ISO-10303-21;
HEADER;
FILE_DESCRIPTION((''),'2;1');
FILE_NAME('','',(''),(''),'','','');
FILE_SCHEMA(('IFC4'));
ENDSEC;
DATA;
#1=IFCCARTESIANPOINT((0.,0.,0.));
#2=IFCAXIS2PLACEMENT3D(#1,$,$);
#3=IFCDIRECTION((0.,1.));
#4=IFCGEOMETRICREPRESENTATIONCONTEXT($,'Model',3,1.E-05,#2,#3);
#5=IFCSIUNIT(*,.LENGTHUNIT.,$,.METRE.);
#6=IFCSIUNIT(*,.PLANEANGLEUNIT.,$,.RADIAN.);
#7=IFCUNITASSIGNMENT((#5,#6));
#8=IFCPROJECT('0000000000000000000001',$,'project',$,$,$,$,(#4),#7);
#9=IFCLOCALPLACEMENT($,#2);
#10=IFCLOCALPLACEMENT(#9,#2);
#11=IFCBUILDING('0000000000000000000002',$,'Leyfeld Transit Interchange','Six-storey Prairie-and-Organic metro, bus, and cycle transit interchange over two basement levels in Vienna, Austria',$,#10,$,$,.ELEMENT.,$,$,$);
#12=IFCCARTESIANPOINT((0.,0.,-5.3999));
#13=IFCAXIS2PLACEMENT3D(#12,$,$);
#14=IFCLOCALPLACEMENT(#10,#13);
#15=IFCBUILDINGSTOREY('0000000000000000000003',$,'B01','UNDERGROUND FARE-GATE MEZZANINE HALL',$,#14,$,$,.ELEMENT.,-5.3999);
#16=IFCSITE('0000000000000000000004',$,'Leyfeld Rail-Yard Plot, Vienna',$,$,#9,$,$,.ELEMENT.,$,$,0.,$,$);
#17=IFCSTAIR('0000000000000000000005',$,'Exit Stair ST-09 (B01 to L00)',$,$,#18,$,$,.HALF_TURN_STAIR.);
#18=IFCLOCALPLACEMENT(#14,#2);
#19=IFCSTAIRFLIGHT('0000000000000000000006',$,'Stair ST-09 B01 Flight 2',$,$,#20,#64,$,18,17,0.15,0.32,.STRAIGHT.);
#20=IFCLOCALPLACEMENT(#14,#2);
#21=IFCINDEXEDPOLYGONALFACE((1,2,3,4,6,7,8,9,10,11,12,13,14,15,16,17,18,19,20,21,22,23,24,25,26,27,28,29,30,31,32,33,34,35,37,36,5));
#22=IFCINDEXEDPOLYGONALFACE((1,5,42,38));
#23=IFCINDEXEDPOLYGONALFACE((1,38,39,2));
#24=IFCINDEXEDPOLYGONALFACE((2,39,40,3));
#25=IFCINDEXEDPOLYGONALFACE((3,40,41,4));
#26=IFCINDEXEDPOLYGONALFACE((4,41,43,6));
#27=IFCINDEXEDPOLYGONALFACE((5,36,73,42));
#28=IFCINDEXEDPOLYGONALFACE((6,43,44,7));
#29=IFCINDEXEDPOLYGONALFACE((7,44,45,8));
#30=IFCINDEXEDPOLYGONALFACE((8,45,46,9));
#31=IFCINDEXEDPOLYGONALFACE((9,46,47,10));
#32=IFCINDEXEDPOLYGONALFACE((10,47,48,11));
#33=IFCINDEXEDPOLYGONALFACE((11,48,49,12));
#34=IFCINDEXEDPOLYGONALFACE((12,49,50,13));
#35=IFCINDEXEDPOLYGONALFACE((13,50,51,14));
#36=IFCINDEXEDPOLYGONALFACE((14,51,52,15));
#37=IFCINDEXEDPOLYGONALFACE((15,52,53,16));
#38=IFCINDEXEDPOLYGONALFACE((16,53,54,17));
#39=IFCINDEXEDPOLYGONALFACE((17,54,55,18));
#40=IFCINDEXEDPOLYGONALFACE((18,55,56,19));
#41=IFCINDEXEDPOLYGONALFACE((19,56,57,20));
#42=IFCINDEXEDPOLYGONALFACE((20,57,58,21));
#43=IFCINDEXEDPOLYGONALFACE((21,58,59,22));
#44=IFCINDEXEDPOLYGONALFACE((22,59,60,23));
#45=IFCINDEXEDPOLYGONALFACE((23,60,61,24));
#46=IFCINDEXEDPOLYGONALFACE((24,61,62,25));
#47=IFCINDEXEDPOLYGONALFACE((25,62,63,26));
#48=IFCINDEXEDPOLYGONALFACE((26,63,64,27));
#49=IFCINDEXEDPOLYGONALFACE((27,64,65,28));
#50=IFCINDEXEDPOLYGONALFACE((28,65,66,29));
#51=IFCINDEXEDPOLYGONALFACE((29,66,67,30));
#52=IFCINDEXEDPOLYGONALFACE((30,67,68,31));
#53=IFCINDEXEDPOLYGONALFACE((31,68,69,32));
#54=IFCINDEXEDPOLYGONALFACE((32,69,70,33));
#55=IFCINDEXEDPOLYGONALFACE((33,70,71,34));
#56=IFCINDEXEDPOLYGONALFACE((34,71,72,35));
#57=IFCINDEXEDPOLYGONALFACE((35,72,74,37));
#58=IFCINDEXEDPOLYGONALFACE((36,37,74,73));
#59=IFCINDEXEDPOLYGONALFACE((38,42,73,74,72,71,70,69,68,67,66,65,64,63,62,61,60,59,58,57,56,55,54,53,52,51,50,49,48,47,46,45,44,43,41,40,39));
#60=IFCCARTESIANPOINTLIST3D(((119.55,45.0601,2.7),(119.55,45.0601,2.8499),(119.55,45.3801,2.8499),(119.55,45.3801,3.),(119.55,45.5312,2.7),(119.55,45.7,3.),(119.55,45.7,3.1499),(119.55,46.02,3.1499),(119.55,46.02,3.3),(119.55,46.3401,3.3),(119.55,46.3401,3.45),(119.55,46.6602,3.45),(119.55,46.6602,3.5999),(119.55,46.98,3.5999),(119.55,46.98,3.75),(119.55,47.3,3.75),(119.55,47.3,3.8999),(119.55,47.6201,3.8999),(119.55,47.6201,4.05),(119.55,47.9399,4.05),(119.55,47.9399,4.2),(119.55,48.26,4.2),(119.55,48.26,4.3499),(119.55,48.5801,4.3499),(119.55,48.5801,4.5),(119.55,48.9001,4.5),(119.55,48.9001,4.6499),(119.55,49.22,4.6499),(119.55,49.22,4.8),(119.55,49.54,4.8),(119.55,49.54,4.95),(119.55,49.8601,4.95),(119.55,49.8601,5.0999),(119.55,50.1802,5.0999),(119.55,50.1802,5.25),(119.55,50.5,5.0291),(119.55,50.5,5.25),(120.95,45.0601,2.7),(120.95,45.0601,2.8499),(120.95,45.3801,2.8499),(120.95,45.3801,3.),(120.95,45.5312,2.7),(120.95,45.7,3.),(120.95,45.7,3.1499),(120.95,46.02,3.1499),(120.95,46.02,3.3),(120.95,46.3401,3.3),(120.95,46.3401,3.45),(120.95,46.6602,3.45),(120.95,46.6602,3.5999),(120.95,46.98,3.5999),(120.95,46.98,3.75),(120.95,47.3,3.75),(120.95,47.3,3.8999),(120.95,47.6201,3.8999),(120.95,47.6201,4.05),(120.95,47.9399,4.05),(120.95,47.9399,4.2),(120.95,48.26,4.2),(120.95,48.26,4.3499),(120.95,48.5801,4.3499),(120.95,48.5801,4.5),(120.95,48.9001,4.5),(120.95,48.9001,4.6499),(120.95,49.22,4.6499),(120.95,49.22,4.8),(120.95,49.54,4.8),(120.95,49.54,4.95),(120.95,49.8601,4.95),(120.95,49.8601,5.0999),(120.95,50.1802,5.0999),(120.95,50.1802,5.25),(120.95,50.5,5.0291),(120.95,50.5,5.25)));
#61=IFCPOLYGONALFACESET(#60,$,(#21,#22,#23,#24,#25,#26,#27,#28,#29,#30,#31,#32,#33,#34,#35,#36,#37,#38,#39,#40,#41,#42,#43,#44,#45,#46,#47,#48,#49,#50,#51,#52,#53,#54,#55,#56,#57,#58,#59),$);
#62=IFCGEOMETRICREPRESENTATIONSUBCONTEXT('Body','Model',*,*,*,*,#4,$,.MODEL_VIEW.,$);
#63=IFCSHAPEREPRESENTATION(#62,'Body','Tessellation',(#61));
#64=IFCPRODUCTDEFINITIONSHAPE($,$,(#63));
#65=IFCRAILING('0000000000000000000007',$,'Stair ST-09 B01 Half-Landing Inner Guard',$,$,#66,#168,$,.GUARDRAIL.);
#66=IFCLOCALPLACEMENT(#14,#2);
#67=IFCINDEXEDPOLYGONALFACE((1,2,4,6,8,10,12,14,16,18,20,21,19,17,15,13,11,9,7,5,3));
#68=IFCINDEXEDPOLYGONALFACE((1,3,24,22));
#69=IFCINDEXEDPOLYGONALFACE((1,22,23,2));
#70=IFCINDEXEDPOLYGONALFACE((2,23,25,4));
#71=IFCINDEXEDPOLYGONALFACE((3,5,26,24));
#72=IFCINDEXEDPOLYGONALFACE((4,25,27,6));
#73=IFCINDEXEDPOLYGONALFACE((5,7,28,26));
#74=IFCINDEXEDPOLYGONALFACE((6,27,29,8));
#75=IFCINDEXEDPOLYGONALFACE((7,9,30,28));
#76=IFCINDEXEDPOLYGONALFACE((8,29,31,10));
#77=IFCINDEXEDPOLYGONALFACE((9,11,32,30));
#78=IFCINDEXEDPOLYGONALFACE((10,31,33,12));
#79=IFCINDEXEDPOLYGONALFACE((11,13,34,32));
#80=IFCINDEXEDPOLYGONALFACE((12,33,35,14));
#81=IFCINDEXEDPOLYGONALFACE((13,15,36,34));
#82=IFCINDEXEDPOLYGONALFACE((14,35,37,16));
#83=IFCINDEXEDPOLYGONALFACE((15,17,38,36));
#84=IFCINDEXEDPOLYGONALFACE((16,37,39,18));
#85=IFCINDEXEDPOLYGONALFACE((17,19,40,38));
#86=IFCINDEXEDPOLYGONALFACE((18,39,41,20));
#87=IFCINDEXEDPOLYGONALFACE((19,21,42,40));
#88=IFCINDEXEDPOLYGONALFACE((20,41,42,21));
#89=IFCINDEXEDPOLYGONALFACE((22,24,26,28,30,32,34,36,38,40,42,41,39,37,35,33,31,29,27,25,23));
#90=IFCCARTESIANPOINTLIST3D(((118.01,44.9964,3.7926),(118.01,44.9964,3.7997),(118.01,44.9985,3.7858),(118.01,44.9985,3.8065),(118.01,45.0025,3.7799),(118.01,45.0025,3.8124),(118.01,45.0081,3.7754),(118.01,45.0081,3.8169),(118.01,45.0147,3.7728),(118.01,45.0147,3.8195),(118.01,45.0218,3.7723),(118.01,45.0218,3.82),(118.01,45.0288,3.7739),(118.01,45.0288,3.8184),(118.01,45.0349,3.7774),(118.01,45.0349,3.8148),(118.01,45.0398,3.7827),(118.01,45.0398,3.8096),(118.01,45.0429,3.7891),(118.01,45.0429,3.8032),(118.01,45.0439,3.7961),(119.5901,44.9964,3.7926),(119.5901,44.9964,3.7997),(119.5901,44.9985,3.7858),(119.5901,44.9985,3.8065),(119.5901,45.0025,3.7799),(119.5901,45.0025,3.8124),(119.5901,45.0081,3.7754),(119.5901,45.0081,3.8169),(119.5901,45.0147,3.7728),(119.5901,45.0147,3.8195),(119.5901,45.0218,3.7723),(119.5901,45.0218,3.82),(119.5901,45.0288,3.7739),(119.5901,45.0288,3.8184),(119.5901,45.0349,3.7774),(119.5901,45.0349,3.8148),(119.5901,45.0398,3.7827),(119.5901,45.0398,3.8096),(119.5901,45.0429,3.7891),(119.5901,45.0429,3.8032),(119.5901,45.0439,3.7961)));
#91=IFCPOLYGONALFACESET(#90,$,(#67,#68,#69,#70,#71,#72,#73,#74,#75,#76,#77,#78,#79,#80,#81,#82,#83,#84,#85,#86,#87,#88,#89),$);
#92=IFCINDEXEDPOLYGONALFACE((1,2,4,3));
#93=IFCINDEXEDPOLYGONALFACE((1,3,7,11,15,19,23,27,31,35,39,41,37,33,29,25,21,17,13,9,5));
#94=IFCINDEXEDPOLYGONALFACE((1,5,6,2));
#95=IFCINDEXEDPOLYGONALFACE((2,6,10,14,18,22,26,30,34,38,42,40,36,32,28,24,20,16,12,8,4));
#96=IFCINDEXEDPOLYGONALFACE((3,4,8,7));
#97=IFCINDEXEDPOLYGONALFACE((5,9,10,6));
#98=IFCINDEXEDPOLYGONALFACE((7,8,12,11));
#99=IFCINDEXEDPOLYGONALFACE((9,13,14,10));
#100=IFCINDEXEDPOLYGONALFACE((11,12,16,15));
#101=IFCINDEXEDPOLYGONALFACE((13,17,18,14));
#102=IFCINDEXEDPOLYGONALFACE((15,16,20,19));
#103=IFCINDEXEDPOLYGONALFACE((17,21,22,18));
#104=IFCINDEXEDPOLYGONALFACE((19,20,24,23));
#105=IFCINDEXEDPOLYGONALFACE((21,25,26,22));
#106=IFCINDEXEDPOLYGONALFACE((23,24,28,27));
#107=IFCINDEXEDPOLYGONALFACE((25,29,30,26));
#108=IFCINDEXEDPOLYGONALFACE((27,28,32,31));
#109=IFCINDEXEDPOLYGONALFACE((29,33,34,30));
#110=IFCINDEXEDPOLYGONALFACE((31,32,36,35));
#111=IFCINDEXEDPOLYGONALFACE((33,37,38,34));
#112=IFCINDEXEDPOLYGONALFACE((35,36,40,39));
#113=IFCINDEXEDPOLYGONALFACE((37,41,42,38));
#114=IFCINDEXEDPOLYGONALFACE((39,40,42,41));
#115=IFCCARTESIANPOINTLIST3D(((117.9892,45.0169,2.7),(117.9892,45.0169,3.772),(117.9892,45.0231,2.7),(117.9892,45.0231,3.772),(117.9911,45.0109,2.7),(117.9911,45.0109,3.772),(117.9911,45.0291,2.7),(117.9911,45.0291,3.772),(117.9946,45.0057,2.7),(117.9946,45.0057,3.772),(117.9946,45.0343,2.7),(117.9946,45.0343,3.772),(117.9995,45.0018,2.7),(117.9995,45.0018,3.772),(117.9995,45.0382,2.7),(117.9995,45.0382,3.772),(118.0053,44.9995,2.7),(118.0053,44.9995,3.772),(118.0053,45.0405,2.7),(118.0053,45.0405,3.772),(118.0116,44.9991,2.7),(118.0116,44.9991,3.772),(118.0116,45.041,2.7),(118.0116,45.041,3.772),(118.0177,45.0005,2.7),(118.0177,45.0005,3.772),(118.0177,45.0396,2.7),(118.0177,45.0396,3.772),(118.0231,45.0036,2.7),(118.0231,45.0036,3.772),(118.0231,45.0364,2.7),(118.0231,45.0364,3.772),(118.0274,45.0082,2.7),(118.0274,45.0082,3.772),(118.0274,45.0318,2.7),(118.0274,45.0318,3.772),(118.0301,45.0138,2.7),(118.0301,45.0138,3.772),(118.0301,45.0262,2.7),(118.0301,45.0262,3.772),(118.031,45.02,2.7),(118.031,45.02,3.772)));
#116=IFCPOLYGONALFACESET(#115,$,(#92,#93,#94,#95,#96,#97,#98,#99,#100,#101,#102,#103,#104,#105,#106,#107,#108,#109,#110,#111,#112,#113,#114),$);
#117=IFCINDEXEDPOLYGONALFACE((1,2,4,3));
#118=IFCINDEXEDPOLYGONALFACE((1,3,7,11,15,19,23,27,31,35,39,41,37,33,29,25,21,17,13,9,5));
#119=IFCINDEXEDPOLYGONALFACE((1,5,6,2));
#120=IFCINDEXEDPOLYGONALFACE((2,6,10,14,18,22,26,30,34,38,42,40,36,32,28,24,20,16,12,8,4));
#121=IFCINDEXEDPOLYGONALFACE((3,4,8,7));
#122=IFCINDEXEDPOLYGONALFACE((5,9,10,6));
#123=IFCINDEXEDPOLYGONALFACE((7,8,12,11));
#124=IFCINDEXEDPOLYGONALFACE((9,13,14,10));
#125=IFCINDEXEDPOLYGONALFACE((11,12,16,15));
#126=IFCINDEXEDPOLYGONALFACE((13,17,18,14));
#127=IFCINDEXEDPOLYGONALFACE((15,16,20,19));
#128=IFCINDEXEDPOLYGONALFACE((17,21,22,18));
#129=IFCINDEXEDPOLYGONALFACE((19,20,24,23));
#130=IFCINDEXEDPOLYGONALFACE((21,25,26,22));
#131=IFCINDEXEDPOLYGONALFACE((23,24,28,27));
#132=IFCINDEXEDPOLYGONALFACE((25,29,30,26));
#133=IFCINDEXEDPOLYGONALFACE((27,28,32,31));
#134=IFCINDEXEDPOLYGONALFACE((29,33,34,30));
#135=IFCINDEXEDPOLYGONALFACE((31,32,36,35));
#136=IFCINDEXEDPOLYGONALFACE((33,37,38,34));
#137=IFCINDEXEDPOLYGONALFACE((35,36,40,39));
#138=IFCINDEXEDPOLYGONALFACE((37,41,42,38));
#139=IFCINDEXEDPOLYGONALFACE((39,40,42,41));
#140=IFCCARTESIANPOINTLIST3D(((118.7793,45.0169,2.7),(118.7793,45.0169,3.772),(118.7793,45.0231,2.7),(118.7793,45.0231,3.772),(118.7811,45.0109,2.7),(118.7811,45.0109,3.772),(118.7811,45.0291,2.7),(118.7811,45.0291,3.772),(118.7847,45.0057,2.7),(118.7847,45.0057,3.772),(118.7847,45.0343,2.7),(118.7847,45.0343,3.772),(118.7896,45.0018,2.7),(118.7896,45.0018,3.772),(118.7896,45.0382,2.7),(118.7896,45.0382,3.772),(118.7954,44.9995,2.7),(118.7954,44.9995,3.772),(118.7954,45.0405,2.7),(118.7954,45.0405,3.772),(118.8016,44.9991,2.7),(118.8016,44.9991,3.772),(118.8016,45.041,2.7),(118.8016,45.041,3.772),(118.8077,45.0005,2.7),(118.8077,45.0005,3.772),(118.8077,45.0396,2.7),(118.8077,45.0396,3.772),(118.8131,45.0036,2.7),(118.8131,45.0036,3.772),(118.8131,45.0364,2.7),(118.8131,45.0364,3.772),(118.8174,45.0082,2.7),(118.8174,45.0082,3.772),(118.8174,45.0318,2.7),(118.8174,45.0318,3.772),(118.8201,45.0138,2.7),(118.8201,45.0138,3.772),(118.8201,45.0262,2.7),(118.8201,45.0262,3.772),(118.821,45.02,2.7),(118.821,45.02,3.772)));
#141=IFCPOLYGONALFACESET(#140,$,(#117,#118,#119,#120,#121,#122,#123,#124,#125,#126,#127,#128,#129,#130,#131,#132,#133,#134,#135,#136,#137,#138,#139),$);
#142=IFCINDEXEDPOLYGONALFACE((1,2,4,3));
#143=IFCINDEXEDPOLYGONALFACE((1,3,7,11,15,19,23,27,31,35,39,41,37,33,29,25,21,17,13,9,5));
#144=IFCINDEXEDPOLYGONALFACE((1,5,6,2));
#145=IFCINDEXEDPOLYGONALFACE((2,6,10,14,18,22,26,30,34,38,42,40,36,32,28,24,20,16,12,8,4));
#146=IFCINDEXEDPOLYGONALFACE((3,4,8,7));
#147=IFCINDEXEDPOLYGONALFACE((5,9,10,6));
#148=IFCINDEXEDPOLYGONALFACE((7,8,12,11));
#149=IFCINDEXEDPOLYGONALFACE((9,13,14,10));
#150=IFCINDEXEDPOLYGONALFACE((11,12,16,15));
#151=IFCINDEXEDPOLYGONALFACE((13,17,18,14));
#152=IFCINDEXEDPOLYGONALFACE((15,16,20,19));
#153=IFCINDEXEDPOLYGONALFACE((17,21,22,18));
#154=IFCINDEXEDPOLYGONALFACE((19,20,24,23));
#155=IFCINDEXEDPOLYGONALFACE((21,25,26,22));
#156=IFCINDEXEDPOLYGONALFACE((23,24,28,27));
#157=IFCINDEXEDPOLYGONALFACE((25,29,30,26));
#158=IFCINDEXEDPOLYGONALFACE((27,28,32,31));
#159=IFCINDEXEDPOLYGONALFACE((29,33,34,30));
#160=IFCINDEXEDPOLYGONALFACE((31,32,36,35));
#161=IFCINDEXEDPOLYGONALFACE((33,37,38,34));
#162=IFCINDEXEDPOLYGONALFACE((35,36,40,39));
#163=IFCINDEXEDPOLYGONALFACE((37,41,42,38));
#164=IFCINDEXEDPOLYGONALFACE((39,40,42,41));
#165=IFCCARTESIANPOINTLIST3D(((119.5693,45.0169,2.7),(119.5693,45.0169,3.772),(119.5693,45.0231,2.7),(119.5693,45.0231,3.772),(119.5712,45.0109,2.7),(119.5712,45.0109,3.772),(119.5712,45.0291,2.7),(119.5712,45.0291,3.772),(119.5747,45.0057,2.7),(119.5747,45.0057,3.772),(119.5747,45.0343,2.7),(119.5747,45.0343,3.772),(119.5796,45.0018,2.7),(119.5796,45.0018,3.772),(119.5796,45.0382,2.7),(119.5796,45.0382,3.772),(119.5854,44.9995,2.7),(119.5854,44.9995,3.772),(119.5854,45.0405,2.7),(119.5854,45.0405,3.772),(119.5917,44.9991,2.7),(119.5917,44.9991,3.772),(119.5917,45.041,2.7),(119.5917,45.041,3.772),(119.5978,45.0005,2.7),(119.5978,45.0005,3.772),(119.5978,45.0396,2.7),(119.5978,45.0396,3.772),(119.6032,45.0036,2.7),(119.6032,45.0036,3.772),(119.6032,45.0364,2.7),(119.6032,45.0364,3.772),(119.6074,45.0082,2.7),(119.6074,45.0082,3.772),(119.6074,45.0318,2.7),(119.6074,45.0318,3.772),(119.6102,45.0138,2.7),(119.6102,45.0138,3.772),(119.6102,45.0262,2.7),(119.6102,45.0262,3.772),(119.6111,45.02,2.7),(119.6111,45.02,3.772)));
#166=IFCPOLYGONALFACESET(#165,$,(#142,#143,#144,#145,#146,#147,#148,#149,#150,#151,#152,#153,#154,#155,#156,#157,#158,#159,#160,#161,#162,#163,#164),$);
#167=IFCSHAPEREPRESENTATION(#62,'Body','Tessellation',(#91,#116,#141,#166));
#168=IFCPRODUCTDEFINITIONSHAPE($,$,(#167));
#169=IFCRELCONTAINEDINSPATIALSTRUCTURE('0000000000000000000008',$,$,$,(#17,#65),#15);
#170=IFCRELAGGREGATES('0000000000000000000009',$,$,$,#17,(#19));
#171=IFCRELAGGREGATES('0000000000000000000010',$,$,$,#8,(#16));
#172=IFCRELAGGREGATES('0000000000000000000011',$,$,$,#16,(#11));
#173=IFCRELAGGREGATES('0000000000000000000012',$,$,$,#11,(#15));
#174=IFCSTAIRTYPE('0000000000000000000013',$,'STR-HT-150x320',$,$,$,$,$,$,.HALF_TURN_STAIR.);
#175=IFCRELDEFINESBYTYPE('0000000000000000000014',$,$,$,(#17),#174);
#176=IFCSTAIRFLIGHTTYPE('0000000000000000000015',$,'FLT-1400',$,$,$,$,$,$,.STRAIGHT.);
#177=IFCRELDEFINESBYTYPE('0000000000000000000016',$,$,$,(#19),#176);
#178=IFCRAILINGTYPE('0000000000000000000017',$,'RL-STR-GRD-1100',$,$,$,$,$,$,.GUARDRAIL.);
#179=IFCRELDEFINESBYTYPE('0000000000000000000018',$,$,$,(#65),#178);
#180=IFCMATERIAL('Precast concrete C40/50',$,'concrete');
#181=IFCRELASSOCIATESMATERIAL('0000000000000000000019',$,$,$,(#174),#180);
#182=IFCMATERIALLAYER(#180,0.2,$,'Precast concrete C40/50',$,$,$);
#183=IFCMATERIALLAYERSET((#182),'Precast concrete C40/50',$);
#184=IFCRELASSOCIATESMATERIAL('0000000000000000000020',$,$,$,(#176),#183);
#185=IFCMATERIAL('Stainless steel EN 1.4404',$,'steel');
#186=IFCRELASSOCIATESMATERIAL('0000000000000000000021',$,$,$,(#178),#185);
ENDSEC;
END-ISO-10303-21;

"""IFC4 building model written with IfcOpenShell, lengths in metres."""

from ifc_helpers import new_model, si_unit, direction, frame, origin, origin_2d, place, context, subcontext, project, spatial, polyline, circle, outline, extrude, material, layer, layer_set, type_object, element, aggregate, save


model = new_model("IFC4")

# Units and contexts
model_context = context("Model", 3, precision=1e-05, world=origin(), true_north=direction((0.0, 1.0)))
body_context = subcontext(model_context, "Body", "Model", "MODEL_VIEW")
ifc_project = project(units=[si_unit("LENGTHUNIT", "METRE"), si_unit("PLANEANGLEUNIT", "RADIAN")], contexts=[model_context])

# Site, building, storey
site_placement = place(None, origin())
site = spatial("IfcSite", under=ifc_project, at=site_placement, Name="Leyfeld Rail-Yard Plot, Vienna", CompositionType="ELEMENT", RefElevation=0.0)
building_placement = place(site_placement, origin())
building = spatial("IfcBuilding", under=site, at=building_placement, Name="Leyfeld Transit Interchange", Description="Six-storey Prairie-and-Organic metro, bus, and cycle transit interchange over two basement levels in Vienna, Austria", CompositionType="ELEMENT")
storey_placement = place(building_placement, frame((0.0, 0.0, -5.3999)))
storey = spatial("IfcBuildingStorey", under=building, at=storey_placement, Name="B01", Description="UNDERGROUND FARE-GATE MEZZANINE HALL", CompositionType="ELEMENT", Elevation=-5.3999)

# Stair, stair flight
ifc_material_1 = material(Name="Precast concrete C40/50", Category="concrete")
stair_type = type_object("IfcStairType", Name="STR-HT-150x320", PredefinedType="HALF_TURN_STAIR", material=ifc_material_1)
stair_placement = place(storey_placement, origin())
stair = element("IfcStair", 1, at=stair_placement, inside=storey, type_object=stair_type, Name="Exit Stair ST-09 (B01 to L00)", PredefinedType="HALF_TURN_STAIR")
ifc_layer_1 = layer(ifc_material_1, 0.2, Name="Precast concrete C40/50")
ifc_layer_set_1 = layer_set([ifc_layer_1], Name="Precast concrete C40/50")
stair_flight_type = type_object("IfcStairFlightType", Name="FLT-1400", PredefinedType="STRAIGHT", material=ifc_layer_set_1)
stair_flight_placement = place(storey_placement, frame((120.25, 45.0601, 2.7), z_axis=(0.0, 0.0, 1.0), x_axis=(0.0, 1.0, 0.0)))
stair_flight = element("IfcStairFlight", 2, at=stair_flight_placement, type_object=stair_flight_type, Name="Stair ST-09 B01 Flight 2", NumberOfRisers=18, NumberOfTreads=17, PredefinedType="STRAIGHT", RiserHeight=0.15, TreadLength=0.32, context=body_context, shape_type="SweptSolid", body=[
    extrude(outline(polyline([(0.0, 0.0), (0.0, 0.1499), (0.3201, 0.1499), (0.3201, 0.3), (0.6399, 0.3), (0.6399, 0.45), (0.96, 0.45), (0.96, 0.6001), (1.28, 0.6001), (1.28, 0.75), (1.6001, 0.75), (1.6001, 0.8999), (1.9199, 0.8999), (1.9199, 1.05), (2.24, 1.05), (2.24, 1.2), (2.5601, 1.2), (2.5601, 1.3501), (2.8799, 1.3501), (2.8799, 1.5), (3.2, 1.5), (3.2, 1.6499), (3.52, 1.6499), (3.52, 1.8), (3.8401, 1.8), (3.8401, 1.95), (4.1599, 1.95), (4.1599, 2.1001), (4.48, 2.1001), (4.48, 2.25), (4.8, 2.25), (4.8, 2.3999), (5.1201, 2.3999), (5.1201, 2.55), (5.4399, 2.55), (5.4399, 2.7), (5.4399, 2.3291), (0.4712, 0.0), (0.0, 0.0)])), frame((0.0, 0.7, 0.0), z_axis=(0.0, -1.0, 0.0), x_axis=(1.0, 0.0, 0.0)), (0.0, 0.0, 1.0), 1.3999),
])
aggregate(stair, [stair_flight])

# Railing
ifc_material_2 = material(Name="Stainless steel EN 1.4404", Category="steel")
railing_type_1 = type_object("IfcRailingType", Name="RL-STR-GRD-1100", PredefinedType="GUARDRAIL", material=ifc_material_2)
railing_1_placement = place(storey_placement, frame((118.01, 45.02, 2.7)))
element("IfcRailing", 3, at=railing_1_placement, inside=storey, type_object=railing_type_1, Name="Stair ST-09 B01 Half-Landing Inner Guard", PredefinedType="GUARDRAIL", context=body_context, shape_type="SweptSolid", body=[
    extrude(circle(Radius=0.0239, at=origin_2d()), frame((0.0, 0.0, 1.0962), z_axis=(1.0, 0.0, 0.0), x_axis=(0.0, 1.0, 0.0)), (0.0, 0.0, 1.0), 1.5801),
    extrude(circle(Radius=0.021, at=origin_2d()), origin(), (0.0, 0.0, 1.0), 1.072),
    extrude(circle(Radius=0.021, at=origin_2d()), frame((0.79, 0.0, 0.0)), (0.0, 0.0, 1.0), 1.072),
    extrude(circle(Radius=0.021, at=origin_2d()), frame((1.5801, 0.0, 0.0)), (0.0, 0.0, 1.0), 1.072),
])

save(model, "model.ifc")
